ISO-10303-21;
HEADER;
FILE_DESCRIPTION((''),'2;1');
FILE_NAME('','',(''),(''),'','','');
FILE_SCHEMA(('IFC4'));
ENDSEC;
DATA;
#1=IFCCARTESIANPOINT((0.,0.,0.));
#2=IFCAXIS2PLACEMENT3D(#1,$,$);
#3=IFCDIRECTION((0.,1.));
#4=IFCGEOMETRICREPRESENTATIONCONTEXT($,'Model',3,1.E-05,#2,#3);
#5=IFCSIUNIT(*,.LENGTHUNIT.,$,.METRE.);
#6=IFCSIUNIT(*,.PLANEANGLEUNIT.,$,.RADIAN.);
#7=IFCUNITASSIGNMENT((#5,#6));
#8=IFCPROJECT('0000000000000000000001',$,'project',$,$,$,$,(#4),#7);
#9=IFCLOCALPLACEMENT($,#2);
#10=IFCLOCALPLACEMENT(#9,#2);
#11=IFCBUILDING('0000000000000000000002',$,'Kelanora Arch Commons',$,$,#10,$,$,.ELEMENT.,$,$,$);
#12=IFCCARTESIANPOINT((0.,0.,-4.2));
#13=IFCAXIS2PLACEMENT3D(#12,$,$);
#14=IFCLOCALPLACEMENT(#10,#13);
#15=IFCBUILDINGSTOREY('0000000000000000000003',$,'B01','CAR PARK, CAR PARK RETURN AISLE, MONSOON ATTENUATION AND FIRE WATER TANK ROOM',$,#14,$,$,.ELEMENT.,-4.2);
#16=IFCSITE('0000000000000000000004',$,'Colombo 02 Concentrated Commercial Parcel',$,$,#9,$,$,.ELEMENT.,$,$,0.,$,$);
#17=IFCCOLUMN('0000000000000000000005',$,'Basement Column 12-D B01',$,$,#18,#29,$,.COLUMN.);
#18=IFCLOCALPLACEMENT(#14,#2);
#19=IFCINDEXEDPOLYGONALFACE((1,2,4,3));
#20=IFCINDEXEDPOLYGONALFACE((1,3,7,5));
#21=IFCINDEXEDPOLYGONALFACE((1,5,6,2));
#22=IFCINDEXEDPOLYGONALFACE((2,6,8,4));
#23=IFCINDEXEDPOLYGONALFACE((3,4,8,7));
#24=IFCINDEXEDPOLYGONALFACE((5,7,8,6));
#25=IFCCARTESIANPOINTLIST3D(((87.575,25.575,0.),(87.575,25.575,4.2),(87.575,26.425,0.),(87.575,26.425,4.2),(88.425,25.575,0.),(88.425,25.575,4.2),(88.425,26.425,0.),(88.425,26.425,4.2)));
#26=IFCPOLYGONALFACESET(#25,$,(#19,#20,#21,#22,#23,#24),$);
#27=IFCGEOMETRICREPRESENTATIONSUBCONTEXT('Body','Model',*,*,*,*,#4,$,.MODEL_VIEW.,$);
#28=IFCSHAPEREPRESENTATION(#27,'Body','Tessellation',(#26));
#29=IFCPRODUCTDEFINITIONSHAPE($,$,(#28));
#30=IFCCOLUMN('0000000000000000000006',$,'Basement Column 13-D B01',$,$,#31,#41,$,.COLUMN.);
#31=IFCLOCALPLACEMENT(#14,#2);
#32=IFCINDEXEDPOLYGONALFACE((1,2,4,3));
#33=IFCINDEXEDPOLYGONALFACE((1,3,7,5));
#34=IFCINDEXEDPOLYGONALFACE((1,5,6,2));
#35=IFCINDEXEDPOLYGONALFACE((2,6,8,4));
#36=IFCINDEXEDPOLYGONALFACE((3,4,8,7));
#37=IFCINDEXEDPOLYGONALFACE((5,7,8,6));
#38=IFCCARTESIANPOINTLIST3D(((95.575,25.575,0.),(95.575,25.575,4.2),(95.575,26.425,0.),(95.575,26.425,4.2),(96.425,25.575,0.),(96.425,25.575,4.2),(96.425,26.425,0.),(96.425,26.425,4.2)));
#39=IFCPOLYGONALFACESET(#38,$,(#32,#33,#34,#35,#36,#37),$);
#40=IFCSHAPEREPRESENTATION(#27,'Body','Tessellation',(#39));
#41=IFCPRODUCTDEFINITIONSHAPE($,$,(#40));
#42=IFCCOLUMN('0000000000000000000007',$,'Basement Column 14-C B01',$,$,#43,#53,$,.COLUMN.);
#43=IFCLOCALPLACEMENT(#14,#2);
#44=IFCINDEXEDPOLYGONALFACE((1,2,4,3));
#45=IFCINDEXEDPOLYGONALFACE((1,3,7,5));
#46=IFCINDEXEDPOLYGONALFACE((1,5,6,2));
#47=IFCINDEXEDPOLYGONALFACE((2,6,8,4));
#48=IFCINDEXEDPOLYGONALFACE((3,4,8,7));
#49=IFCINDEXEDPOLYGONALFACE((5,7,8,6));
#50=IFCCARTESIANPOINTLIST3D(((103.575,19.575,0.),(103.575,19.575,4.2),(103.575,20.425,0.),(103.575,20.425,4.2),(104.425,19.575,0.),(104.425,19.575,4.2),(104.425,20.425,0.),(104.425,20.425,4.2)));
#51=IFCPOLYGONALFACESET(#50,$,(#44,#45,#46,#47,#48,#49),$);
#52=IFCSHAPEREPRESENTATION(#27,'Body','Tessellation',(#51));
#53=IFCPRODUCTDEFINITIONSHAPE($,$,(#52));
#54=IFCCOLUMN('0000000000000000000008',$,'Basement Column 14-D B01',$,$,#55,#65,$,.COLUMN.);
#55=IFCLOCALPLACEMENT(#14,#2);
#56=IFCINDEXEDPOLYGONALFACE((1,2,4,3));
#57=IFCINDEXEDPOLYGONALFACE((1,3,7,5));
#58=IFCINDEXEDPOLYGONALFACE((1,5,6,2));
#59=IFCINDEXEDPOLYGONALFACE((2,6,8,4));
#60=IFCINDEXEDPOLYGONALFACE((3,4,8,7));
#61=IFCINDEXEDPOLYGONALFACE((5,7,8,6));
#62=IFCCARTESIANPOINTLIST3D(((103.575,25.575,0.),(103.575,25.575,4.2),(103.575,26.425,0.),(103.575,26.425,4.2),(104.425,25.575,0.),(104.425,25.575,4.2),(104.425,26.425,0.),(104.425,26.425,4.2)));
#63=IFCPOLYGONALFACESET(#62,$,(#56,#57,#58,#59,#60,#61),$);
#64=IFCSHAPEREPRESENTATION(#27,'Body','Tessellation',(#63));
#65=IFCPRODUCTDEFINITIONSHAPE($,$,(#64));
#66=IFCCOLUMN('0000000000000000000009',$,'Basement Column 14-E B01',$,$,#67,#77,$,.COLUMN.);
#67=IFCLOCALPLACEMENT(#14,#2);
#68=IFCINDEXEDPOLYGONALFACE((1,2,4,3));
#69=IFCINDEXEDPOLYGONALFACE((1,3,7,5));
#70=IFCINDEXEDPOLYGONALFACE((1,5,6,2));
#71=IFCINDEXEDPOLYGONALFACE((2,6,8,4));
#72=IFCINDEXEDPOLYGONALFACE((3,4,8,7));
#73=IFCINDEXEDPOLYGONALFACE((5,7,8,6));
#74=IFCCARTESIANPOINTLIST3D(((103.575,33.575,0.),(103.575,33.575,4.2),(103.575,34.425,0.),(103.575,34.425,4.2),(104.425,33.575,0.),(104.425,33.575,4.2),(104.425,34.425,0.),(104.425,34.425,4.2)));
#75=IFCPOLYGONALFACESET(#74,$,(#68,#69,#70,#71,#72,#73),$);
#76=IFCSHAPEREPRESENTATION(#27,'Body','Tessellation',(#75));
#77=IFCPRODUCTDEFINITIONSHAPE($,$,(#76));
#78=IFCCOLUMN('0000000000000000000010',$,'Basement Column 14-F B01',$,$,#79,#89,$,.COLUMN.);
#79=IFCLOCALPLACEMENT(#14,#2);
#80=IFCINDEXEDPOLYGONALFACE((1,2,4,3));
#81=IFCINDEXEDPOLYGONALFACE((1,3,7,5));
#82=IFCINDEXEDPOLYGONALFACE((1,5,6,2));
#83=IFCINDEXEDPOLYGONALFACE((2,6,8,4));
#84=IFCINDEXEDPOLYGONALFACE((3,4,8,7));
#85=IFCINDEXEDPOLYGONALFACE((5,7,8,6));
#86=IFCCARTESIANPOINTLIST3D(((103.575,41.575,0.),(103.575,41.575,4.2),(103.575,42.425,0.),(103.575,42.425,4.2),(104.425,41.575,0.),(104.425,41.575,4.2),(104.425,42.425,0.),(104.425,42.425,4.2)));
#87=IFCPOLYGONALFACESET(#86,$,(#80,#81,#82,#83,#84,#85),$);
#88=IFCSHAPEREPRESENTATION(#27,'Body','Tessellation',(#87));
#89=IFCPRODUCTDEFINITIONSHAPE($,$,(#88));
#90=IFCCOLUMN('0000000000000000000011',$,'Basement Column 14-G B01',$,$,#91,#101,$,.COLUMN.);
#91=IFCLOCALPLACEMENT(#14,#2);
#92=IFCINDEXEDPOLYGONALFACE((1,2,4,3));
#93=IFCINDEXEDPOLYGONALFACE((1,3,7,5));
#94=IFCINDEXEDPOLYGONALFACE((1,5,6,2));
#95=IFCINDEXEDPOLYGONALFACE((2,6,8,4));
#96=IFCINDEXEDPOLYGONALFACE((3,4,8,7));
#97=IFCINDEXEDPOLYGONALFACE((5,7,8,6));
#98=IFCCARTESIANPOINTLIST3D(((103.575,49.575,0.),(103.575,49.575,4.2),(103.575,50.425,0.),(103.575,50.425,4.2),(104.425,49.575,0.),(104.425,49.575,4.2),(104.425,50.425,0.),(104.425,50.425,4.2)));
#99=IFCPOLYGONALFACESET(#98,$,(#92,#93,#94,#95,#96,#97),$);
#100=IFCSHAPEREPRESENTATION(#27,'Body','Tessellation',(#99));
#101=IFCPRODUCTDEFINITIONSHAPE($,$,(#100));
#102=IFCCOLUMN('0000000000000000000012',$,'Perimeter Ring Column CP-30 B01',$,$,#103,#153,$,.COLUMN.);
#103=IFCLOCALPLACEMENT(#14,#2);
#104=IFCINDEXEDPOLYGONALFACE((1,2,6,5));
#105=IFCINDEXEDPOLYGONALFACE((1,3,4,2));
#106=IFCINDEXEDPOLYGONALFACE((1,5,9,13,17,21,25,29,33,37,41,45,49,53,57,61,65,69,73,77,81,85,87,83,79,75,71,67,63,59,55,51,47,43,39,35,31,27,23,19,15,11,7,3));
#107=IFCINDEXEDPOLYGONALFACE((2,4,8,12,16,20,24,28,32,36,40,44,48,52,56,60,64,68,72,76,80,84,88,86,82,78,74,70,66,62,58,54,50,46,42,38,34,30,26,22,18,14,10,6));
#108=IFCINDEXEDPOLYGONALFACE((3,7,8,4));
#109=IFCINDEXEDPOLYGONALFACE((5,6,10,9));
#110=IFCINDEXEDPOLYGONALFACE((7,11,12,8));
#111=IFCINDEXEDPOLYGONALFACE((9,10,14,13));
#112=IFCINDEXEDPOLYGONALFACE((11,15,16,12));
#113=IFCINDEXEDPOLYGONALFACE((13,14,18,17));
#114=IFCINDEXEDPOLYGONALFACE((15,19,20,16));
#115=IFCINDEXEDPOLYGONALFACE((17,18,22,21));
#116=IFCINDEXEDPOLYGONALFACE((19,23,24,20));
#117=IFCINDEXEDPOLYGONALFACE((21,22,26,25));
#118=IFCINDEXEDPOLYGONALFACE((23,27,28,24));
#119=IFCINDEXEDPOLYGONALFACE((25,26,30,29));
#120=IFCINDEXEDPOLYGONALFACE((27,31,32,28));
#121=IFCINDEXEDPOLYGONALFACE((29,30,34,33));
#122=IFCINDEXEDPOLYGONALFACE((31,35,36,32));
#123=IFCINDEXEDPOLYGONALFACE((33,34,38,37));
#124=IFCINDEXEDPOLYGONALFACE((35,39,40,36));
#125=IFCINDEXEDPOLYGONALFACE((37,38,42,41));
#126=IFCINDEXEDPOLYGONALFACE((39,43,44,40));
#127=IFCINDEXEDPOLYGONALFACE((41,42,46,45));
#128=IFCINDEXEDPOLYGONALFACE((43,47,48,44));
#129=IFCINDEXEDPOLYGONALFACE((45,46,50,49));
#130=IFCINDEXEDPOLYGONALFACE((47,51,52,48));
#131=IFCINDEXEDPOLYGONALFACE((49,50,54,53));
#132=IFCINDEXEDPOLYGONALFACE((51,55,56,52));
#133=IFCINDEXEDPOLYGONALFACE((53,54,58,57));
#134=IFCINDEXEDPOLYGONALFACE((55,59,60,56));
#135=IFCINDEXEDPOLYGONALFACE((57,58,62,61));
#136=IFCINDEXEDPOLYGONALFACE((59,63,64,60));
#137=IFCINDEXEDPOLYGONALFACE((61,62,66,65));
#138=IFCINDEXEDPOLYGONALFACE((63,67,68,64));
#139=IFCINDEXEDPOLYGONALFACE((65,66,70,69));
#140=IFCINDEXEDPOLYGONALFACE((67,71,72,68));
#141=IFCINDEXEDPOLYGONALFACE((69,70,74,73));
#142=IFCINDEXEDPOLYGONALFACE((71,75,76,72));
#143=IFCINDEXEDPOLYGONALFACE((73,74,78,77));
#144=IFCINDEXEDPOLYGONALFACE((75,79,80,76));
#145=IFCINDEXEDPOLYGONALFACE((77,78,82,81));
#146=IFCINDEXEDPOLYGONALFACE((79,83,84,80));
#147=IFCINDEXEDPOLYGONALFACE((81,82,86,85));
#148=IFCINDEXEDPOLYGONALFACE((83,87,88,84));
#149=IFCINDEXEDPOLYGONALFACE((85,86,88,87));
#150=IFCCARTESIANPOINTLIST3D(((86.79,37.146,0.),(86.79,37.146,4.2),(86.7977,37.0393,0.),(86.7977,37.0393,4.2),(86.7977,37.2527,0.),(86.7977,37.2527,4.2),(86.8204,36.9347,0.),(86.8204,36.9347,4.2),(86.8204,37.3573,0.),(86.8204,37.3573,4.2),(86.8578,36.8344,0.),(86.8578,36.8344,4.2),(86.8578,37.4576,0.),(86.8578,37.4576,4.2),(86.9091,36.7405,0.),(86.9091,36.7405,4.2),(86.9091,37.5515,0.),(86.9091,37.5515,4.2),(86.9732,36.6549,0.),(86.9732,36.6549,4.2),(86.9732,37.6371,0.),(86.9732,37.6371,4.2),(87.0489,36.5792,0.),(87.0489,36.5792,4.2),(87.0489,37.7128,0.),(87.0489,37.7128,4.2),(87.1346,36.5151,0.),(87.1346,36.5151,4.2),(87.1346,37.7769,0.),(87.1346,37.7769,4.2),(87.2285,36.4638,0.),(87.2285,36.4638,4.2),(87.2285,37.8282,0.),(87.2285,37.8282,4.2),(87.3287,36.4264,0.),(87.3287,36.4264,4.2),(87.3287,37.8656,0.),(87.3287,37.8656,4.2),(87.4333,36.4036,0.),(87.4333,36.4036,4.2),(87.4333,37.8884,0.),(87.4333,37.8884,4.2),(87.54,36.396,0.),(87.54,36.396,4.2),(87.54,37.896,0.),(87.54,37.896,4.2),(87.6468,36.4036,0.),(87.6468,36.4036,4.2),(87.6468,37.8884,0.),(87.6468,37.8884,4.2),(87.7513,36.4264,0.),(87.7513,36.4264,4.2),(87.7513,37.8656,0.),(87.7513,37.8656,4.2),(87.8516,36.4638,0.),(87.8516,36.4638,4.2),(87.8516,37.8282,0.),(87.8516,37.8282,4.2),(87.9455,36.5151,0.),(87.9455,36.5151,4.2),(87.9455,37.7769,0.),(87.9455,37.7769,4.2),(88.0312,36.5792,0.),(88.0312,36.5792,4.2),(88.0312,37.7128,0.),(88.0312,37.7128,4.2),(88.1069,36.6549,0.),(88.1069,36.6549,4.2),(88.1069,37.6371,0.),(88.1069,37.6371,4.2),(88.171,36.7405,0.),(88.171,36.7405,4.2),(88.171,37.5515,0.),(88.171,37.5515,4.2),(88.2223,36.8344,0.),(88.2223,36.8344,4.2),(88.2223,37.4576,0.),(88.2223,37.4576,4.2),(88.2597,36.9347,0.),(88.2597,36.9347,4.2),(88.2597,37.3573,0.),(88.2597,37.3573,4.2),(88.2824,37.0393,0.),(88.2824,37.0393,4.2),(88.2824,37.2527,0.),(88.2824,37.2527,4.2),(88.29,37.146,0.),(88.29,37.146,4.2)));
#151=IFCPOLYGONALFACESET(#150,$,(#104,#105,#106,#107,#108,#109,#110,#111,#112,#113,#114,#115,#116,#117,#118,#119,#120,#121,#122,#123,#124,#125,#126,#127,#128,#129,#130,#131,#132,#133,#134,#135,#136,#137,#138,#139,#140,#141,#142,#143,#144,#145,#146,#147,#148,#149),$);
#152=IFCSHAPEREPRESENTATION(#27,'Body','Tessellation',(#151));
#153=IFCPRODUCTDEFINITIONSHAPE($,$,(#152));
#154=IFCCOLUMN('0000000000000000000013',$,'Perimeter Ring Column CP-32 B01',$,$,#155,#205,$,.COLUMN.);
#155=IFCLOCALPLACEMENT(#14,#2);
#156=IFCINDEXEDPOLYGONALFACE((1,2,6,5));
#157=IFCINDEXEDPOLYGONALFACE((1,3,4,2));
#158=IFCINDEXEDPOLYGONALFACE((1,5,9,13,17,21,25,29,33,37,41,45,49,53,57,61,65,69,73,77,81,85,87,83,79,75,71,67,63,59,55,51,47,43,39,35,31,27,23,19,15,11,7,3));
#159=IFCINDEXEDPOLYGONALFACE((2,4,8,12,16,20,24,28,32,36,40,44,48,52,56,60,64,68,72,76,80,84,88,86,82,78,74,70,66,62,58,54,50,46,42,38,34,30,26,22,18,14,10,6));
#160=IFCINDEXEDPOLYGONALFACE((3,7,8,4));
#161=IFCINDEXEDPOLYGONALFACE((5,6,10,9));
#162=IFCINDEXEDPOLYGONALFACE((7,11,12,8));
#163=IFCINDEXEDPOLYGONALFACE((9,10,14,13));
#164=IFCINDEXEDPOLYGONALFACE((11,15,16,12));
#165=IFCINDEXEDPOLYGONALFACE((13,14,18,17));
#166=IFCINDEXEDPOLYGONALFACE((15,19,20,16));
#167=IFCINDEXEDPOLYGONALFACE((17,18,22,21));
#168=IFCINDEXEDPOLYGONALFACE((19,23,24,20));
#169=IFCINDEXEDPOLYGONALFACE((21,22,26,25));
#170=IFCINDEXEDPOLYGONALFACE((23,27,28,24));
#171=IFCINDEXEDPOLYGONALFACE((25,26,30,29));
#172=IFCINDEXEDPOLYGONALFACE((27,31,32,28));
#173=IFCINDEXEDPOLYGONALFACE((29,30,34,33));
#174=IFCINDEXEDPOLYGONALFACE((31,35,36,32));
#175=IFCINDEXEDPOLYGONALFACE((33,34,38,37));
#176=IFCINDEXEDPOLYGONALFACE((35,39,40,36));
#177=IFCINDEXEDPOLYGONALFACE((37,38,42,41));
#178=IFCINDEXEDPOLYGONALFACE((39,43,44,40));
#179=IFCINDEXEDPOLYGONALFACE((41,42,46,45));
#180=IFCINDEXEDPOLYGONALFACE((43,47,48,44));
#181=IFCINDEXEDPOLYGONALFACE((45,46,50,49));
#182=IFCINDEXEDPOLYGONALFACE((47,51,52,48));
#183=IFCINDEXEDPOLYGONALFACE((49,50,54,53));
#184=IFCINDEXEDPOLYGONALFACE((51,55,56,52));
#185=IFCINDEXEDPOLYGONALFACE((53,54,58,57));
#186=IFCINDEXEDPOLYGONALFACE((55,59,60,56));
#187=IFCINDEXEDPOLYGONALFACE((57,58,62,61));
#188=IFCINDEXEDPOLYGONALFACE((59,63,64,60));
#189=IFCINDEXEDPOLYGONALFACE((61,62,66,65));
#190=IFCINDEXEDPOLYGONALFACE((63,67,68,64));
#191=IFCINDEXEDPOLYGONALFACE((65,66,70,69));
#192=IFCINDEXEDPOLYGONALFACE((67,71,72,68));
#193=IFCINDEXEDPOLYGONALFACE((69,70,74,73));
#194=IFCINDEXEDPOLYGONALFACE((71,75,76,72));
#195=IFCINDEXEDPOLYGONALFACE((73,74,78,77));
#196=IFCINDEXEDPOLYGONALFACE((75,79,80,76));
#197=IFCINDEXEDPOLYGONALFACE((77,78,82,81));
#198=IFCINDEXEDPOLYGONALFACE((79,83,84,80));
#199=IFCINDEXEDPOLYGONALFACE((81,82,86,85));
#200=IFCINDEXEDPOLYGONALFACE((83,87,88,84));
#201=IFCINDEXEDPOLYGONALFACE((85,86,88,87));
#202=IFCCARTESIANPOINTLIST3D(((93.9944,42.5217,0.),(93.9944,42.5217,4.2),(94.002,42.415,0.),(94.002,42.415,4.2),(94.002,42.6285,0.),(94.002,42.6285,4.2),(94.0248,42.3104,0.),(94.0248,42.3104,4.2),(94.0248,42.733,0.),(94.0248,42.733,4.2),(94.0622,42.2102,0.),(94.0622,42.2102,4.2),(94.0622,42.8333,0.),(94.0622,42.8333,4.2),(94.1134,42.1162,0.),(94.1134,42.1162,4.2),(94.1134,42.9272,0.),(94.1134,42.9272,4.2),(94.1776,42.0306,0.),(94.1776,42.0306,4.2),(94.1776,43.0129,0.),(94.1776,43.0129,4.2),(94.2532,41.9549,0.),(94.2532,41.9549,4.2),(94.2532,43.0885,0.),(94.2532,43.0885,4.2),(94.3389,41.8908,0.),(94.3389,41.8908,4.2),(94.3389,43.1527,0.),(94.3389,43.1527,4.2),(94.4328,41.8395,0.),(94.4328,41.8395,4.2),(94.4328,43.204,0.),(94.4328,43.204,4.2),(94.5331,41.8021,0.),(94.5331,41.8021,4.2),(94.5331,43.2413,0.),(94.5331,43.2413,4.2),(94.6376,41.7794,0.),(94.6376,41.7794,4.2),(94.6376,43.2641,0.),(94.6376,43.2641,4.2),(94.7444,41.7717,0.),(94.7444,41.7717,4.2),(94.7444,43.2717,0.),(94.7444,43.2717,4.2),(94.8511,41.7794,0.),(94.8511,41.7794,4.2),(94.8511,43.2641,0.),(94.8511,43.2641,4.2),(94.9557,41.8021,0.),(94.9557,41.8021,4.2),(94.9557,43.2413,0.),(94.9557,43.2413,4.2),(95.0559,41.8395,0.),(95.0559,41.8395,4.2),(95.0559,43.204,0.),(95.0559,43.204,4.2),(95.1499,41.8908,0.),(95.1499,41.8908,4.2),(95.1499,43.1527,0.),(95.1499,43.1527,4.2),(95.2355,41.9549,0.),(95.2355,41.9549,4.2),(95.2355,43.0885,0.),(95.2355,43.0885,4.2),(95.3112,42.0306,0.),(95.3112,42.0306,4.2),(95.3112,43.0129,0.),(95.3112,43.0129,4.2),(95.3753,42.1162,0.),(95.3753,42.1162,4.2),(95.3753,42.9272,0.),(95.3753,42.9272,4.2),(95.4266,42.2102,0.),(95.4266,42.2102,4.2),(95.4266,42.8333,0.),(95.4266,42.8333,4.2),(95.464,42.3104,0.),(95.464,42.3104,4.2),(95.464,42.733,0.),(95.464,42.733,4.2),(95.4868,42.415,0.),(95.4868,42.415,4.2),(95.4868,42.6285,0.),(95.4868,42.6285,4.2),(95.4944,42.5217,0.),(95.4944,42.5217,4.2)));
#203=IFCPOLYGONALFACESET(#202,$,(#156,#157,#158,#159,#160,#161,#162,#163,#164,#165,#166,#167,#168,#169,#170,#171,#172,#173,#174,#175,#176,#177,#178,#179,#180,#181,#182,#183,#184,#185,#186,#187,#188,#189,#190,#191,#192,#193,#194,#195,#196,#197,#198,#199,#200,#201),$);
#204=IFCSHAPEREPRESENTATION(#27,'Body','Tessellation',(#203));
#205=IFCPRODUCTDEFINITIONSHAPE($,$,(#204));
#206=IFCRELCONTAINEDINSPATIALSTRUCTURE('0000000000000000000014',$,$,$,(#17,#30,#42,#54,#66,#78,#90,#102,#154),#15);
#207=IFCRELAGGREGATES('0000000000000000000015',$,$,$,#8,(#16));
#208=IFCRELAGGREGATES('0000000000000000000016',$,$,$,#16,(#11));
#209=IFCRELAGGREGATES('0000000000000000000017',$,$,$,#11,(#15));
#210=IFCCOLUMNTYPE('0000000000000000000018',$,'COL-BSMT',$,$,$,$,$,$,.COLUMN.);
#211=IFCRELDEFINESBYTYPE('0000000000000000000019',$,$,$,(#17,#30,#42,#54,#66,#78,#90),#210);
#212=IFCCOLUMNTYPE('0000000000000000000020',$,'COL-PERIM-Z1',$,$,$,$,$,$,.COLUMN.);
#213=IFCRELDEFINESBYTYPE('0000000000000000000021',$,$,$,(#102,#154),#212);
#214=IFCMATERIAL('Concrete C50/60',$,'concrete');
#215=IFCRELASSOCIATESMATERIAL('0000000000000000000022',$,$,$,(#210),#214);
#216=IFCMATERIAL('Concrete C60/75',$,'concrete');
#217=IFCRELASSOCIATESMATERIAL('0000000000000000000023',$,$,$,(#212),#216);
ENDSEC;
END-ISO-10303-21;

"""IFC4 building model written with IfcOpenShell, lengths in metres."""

from ifc_helpers import new_model, si_unit, direction, frame, origin, origin_2d, place, context, subcontext, project, spatial, rectangle, circle, extrude, material, material_profile, profile_set, type_object, element, save


model = new_model("IFC4")

# Units and contexts
model_context = context("Model", 3, precision=1e-05, world=origin(), true_north=direction((0.0, 1.0)))
body_context = subcontext(model_context, "Body", "Model", "MODEL_VIEW")
ifc_project = project(units=[si_unit("LENGTHUNIT", "METRE"), si_unit("PLANEANGLEUNIT", "RADIAN")], contexts=[model_context])

# Site, building, storey
site_placement = place(None, origin())
site = spatial("IfcSite", under=ifc_project, at=site_placement, Name="Colombo 02 Concentrated Commercial Parcel", CompositionType="ELEMENT", RefElevation=0.0)
building_placement = place(site_placement, origin())
building = spatial("IfcBuilding", under=site, at=building_placement, Name="Kelanora Arch Commons", CompositionType="ELEMENT")
storey_placement = place(building_placement, frame((0.0, 0.0, -4.2)))
storey = spatial("IfcBuildingStorey", under=building, at=storey_placement, Name="B01", Description="CAR PARK, CAR PARK RETURN AISLE, MONSOON ATTENUATION AND FIRE WATER TANK ROOM", CompositionType="ELEMENT", Elevation=-4.2)

# Columns
ifc_material_1 = material(Name="Concrete C50/60", Category="concrete")
ifc_material_profile_1 = material_profile(ifc_material_1, rectangle(XDim=0.8501, YDim=0.8501, at=origin_2d()), Name="RC850x850")
ifc_profile_set_1 = profile_set([ifc_material_profile_1], Name="Concrete C50/60")
column_type_1 = type_object("IfcColumnType", Name="COL-BSMT", PredefinedType="COLUMN", material=ifc_profile_set_1)
for number, where, z_axis, x_axis, name in (
    (1, (88.0, 26.0, 0.0), (0.0, 0.0, 1.0), (1.0, 0.0, 0.0), "Basement Column 12-D B01"),
    (2, (96.0, 26.0, 0.0), (0.0, 0.0, 1.0), (1.0, 0.0, 0.0), "Basement Column 13-D B01"),
    (3, (104.0, 20.0, 0.0), (0.0, 0.0, 1.0), (1.0, 0.0, 0.0), "Basement Column 14-C B01"),
    (4, (104.0, 26.0, 0.0), (0.0, 0.0, 1.0), (1.0, 0.0, 0.0), "Basement Column 14-D B01"),
    (5, (104.0, 34.0, 0.0), (0.0, 0.0, 1.0), (1.0, 0.0, 0.0), "Basement Column 14-E B01"),
    (6, (104.0, 42.0, 0.0), (0.0, 0.0, 1.0), (1.0, 0.0, 0.0), "Basement Column 14-F B01"),
    (7, (104.0, 50.0, 0.0), (0.0, 0.0, 1.0), (1.0, 0.0, 0.0), "Basement Column 14-G B01"),
):
    element("IfcColumn", number, at=place(storey_placement, frame(where, z_axis=z_axis, x_axis=x_axis)), inside=storey, type_object=column_type_1, Name=name, PredefinedType="COLUMN", context=body_context, shape_type="SweptSolid", body=[
        extrude(rectangle(XDim=0.8501, YDim=0.8501, at=origin_2d()), origin(), (0.0, 0.0, 1.0), 4.2),
    ])
ifc_material_2 = material(Name="Concrete C60/75", Category="concrete")
ifc_material_profile_2 = material_profile(ifc_material_2, circle(Radius=0.75, at=origin_2d()), Name="RCC1500")
ifc_profile_set_2 = profile_set([ifc_material_profile_2], Name="Concrete C60/75")
column_type_2 = type_object("IfcColumnType", Name="COL-PERIM-Z1", PredefinedType="COLUMN", material=ifc_profile_set_2)
for number, where, z_axis, x_axis, name in (
    (8, (87.54, 37.146, 0.0), (0.0, 0.0, 1.0), (1.0, 0.0, 0.0), "Perimeter Ring Column CP-30 B01"),
    (9, (94.7444, 42.5217, 0.0), (0.0, 0.0, 1.0), (1.0, 0.0, 0.0), "Perimeter Ring Column CP-32 B01"),
):
    element("IfcColumn", number, at=place(storey_placement, frame(where, z_axis=z_axis, x_axis=x_axis)), inside=storey, type_object=column_type_2, Name=name, PredefinedType="COLUMN", context=body_context, shape_type="SweptSolid", body=[
        extrude(circle(Radius=0.75, at=origin_2d()), origin(), (0.0, 0.0, 1.0), 4.2),
    ])

save(model, "model.ifc")
